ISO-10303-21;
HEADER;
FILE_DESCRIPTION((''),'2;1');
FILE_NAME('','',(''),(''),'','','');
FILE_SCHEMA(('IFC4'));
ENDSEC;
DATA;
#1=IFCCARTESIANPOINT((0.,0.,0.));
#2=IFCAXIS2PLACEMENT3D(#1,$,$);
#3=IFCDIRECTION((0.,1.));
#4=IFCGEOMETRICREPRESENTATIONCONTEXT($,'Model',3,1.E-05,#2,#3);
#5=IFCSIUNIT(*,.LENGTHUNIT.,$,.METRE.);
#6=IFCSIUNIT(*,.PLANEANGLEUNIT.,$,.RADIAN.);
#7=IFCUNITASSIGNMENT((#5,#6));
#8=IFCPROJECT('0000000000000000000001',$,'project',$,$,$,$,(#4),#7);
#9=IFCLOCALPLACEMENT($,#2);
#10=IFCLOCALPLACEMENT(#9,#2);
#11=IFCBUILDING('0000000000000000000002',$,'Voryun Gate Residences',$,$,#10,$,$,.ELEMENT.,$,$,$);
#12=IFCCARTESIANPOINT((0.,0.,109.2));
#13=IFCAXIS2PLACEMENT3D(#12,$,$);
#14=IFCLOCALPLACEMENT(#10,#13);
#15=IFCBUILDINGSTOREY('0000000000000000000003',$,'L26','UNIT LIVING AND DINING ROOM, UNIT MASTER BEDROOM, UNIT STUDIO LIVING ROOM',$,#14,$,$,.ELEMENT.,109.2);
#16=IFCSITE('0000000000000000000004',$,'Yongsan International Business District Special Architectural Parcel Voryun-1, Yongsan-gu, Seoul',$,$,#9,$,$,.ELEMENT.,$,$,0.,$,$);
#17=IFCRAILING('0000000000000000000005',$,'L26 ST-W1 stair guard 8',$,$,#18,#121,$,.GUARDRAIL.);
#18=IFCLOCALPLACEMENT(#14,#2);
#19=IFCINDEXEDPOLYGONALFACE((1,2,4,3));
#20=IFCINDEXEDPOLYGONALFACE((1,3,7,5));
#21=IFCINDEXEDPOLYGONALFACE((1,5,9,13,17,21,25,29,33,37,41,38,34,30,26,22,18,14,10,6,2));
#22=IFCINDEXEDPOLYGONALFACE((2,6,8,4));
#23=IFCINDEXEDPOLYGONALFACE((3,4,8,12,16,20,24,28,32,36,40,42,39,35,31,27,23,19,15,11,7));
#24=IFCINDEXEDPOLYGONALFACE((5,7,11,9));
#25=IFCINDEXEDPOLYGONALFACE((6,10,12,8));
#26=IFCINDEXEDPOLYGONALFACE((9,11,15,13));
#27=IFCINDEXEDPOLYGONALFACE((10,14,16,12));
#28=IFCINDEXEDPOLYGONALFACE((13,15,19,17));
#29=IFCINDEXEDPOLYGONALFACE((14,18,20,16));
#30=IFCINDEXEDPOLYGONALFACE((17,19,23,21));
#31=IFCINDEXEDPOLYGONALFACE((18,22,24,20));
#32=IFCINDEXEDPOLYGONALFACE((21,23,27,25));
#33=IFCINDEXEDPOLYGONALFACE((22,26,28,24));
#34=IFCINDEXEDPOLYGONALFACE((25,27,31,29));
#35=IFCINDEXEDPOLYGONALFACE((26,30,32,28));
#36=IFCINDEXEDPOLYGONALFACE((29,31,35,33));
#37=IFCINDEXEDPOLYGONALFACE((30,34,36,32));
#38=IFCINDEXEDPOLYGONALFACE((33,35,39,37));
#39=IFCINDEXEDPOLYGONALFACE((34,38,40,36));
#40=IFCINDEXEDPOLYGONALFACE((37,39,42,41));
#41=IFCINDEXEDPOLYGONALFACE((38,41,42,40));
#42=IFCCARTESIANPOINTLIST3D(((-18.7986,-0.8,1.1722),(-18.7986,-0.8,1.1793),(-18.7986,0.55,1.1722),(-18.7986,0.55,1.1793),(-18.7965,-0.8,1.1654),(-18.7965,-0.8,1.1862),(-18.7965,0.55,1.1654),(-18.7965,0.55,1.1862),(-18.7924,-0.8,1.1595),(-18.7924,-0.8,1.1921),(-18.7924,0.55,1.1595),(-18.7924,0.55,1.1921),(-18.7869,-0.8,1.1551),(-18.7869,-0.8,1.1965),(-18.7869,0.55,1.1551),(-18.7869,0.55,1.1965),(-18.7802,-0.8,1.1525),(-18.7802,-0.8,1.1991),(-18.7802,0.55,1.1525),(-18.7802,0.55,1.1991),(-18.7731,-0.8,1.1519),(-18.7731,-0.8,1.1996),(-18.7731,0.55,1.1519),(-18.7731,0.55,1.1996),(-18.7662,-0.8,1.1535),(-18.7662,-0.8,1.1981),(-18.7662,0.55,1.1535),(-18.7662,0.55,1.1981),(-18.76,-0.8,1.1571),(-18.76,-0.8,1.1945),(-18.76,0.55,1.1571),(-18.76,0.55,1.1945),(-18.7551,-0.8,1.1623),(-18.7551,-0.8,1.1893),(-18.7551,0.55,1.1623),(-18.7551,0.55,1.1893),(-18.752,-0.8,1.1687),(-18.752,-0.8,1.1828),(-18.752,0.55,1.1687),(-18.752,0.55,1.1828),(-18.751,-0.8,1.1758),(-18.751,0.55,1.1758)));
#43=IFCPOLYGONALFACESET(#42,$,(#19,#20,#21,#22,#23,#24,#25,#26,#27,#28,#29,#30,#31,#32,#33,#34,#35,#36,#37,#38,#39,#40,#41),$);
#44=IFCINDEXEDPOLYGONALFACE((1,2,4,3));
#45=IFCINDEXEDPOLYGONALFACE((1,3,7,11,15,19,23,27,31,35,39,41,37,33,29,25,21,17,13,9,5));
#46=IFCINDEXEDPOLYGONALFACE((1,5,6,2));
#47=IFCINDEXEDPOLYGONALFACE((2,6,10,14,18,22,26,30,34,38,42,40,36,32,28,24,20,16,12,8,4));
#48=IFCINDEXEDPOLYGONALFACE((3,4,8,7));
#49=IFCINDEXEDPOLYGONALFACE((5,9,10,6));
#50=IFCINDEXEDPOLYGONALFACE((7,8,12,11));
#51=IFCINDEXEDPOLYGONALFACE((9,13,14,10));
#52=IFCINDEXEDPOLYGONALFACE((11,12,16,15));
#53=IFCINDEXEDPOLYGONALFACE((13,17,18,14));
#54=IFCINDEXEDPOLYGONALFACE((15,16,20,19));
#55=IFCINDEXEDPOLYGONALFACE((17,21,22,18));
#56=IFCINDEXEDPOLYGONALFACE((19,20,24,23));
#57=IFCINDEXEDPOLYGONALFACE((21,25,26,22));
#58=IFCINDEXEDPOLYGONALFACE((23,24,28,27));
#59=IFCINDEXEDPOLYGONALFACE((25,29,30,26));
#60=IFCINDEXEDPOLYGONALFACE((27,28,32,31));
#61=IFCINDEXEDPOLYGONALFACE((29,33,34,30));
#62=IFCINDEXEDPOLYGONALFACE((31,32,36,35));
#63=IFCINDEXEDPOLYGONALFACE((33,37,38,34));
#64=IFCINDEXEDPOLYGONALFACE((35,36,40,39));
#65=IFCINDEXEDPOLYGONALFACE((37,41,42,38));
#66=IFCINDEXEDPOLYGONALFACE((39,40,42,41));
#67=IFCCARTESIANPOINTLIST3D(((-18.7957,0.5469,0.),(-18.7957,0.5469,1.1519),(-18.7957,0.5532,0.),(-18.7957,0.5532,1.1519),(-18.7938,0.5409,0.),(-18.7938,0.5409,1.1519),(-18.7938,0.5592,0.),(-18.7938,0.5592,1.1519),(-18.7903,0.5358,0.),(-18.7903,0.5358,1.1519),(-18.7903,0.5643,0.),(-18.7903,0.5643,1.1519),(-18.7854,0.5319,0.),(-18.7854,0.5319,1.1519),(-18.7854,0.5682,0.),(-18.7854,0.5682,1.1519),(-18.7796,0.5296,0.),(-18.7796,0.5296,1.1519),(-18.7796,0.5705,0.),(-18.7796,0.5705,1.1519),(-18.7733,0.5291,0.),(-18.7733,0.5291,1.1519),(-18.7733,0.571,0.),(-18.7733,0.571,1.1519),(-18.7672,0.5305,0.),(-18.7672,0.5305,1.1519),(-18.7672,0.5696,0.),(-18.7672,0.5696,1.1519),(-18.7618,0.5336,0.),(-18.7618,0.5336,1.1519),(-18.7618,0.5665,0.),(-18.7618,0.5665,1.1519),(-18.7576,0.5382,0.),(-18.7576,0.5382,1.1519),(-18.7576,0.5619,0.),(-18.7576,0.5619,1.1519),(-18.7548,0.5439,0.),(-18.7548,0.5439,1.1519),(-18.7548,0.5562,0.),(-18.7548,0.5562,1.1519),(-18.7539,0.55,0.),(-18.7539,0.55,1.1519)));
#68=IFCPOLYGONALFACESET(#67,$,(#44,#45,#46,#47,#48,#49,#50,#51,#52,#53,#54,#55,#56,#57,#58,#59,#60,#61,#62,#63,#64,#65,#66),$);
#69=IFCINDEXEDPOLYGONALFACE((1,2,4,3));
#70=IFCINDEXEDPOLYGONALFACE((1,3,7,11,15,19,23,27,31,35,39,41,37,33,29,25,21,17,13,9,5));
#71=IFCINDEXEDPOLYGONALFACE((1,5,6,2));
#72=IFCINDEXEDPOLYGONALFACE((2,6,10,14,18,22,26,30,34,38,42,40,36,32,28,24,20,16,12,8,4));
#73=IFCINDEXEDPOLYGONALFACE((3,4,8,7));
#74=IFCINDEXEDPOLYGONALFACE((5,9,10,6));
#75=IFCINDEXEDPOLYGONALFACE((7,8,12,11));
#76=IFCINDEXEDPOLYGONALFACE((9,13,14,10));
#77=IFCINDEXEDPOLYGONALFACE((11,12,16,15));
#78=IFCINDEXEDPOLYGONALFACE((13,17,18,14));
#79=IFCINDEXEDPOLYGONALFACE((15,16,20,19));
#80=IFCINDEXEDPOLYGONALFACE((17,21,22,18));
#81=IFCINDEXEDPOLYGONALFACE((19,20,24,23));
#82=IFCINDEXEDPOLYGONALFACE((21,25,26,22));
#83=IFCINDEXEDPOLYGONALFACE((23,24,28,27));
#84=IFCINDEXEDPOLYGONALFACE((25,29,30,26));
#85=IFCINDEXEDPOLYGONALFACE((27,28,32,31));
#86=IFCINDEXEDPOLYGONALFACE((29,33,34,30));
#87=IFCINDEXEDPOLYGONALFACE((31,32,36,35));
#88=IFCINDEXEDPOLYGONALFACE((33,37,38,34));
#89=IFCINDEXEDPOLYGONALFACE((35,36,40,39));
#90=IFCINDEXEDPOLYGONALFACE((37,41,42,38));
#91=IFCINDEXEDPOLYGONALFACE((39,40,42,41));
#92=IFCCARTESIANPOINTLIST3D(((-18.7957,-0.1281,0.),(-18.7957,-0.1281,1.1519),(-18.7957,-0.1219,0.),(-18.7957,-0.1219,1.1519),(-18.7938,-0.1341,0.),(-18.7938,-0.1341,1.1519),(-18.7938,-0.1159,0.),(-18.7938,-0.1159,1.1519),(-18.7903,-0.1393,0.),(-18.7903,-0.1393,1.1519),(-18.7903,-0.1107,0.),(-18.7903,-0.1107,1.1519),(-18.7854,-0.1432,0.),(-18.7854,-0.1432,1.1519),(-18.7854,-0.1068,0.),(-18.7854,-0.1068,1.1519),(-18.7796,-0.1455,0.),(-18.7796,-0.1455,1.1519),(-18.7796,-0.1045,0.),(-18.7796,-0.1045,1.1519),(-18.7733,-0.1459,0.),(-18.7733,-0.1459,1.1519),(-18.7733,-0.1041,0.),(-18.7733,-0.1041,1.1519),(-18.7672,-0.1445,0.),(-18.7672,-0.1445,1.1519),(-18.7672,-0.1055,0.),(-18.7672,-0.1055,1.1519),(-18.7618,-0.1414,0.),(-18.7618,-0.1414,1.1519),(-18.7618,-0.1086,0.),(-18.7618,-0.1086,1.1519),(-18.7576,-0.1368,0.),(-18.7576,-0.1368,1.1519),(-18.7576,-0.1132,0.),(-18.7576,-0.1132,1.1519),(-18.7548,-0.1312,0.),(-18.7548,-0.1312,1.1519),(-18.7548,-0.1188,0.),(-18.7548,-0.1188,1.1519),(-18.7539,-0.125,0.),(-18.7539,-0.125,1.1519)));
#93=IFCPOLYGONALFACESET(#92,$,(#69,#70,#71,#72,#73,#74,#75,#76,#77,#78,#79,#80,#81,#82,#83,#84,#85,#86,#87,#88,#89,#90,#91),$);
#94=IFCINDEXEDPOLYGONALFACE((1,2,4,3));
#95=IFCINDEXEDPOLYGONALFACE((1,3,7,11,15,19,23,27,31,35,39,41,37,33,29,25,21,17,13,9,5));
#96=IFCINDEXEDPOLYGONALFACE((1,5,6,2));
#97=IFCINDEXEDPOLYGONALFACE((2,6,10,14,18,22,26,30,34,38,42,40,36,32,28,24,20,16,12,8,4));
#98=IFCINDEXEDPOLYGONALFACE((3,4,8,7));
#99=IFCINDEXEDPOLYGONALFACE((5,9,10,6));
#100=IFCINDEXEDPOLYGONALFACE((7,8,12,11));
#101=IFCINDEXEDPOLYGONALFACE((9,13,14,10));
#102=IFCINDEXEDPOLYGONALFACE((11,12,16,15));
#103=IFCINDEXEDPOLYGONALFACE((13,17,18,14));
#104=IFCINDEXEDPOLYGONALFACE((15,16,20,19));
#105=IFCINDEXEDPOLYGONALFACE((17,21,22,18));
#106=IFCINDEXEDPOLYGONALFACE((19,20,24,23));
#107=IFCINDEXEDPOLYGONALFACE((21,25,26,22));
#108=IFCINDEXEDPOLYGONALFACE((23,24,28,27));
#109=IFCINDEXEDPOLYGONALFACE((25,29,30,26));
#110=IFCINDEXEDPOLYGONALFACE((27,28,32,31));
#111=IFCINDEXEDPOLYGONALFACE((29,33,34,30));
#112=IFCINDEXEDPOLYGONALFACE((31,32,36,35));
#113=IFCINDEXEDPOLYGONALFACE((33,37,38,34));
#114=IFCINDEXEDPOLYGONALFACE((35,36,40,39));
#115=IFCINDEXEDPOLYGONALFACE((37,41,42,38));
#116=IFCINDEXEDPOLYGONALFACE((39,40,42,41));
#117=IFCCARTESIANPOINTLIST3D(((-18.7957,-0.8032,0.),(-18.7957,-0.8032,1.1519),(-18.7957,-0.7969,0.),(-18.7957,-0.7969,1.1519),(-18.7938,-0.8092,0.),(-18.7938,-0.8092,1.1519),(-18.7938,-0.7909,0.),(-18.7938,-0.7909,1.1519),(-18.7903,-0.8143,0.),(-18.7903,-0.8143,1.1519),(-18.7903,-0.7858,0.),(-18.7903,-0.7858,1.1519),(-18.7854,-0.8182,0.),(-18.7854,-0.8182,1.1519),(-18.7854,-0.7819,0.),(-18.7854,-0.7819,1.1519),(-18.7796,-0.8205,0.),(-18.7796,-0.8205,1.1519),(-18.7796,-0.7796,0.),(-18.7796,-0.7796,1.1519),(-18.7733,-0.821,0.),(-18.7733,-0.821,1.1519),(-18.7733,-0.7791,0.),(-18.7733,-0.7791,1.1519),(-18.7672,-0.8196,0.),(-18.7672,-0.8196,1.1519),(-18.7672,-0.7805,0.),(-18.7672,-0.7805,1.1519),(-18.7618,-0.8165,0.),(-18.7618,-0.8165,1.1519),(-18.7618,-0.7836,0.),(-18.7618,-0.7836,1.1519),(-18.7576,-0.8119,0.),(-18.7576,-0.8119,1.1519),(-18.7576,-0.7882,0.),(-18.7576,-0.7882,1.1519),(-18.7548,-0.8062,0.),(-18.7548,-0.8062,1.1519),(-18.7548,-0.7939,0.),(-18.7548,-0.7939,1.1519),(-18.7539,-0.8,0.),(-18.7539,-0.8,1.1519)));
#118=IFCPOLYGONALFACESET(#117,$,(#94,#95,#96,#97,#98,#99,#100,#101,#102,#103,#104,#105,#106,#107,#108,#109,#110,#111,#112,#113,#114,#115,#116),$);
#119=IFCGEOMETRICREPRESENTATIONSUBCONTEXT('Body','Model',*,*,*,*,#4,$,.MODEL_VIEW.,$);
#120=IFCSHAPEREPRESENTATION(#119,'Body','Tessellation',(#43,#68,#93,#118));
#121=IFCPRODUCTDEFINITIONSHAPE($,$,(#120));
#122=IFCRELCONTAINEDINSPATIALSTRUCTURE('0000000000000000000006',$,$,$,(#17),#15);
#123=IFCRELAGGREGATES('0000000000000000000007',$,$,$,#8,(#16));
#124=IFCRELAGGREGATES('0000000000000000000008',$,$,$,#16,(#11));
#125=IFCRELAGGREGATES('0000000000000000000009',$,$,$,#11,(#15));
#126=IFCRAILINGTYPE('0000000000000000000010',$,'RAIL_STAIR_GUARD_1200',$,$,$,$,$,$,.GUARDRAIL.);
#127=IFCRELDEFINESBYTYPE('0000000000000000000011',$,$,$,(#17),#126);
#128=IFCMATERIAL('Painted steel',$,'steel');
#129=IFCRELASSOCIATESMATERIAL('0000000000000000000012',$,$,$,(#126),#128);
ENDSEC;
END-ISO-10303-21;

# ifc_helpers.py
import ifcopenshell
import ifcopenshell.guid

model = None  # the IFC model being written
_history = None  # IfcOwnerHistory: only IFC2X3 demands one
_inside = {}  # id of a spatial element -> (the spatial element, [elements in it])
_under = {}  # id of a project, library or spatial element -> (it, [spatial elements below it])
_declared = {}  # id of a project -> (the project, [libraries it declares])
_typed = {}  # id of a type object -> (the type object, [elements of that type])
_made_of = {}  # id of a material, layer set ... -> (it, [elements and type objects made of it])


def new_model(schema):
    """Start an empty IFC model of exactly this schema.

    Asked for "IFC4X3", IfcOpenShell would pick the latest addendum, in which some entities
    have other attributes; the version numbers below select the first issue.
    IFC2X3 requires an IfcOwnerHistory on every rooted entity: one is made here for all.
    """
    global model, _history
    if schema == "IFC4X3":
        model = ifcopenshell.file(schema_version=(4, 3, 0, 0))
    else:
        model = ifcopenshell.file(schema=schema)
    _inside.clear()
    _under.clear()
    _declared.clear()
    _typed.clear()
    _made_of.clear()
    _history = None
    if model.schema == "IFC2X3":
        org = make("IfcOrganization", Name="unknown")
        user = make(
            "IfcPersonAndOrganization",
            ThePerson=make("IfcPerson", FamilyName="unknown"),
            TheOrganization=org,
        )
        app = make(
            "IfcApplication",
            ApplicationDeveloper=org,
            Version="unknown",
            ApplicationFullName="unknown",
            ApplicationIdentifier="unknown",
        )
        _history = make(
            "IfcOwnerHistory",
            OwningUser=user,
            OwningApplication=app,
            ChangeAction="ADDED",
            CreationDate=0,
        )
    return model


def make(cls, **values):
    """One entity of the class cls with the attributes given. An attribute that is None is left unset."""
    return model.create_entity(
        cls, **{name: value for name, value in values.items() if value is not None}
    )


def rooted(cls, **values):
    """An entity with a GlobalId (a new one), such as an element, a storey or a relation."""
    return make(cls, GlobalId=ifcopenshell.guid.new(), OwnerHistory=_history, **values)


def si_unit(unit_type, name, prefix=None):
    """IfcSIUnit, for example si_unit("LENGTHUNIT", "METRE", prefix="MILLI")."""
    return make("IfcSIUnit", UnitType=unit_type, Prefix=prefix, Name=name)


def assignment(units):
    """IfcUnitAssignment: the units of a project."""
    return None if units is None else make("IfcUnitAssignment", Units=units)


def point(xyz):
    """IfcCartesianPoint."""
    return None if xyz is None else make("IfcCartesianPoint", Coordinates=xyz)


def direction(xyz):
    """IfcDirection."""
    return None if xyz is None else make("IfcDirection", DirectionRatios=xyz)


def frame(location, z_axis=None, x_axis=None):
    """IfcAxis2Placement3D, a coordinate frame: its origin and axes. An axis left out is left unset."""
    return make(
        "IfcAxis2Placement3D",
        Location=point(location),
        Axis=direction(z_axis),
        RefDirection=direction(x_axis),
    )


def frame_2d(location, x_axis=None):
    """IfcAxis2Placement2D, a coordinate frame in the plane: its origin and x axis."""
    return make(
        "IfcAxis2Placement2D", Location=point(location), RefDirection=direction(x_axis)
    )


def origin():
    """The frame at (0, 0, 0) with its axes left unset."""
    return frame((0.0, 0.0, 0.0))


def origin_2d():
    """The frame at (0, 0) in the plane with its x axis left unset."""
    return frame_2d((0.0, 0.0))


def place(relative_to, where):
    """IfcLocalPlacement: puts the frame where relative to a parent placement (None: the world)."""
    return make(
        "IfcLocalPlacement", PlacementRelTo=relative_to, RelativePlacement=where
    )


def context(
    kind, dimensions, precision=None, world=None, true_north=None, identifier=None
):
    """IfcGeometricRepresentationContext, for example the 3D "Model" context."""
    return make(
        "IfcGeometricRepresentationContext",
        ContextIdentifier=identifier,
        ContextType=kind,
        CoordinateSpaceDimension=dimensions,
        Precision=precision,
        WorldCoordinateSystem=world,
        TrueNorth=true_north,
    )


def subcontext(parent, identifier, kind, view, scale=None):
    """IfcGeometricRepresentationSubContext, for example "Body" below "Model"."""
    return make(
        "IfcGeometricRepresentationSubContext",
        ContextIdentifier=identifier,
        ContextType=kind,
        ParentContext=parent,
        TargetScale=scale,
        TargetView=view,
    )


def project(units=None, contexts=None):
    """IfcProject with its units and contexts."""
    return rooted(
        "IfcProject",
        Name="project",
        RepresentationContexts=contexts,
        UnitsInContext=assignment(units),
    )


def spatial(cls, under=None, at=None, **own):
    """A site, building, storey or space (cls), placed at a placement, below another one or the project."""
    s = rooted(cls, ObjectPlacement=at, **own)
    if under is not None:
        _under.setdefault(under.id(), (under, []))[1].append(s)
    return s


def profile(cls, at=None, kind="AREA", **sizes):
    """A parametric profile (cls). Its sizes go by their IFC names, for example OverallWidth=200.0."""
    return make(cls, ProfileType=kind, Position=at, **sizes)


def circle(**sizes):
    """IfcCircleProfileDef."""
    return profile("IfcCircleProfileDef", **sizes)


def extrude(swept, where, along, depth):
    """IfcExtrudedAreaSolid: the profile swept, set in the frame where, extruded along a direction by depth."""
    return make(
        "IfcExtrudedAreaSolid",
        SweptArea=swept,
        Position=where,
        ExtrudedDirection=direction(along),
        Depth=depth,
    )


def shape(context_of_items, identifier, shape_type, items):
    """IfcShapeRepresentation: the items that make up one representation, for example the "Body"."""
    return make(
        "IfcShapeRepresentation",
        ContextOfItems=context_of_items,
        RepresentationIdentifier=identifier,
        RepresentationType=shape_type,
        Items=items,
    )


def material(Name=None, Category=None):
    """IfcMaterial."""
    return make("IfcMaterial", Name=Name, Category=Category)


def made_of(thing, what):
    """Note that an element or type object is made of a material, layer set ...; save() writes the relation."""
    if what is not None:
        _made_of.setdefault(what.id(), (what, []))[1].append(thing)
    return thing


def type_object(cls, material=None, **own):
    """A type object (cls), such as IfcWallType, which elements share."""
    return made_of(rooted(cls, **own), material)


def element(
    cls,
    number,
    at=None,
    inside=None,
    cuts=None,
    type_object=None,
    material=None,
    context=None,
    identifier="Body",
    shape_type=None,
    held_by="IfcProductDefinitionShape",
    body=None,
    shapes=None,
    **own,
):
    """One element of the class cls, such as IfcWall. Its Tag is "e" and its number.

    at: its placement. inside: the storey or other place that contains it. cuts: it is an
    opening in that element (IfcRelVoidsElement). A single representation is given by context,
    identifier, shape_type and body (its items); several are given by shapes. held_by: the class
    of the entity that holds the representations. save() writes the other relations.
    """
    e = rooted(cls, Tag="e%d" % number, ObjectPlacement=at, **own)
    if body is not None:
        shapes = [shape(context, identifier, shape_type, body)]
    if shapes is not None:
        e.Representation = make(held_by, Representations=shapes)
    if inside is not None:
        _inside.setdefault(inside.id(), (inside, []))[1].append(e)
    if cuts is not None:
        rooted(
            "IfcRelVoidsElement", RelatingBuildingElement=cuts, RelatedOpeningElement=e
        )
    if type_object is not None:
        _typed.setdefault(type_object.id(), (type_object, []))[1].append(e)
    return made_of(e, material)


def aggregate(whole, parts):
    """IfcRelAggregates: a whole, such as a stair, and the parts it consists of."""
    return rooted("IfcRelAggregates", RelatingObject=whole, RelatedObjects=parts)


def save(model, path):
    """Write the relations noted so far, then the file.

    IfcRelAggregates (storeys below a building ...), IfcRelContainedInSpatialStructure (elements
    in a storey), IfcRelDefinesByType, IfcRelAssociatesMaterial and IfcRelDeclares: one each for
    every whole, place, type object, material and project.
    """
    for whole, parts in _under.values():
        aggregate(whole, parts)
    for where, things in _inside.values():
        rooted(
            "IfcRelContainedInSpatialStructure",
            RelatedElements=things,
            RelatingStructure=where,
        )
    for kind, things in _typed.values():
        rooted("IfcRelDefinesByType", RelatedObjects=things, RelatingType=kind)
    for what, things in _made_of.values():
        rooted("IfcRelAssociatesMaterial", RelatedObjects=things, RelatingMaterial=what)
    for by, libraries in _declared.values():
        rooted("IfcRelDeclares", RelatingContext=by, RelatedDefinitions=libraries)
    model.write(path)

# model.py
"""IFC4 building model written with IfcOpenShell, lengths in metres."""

from ifc_helpers import new_model, si_unit, direction, frame, origin, origin_2d, place, context, subcontext, project, spatial, circle, extrude, material, type_object, element, save


model = new_model("IFC4")

# Units and contexts
model_context = context("Model", 3, precision=1e-05, world=origin(), true_north=direction((0.0, 1.0)))
body_context = subcontext(model_context, "Body", "Model", "MODEL_VIEW")
ifc_project = project(units=[si_unit("LENGTHUNIT", "METRE"), si_unit("PLANEANGLEUNIT", "RADIAN")], contexts=[model_context])

# Site, building, storey
site_placement = place(None, origin())
site = spatial("IfcSite", under=ifc_project, at=site_placement, Name="Yongsan International Business District Special Architectural Parcel Voryun-1, Yongsan-gu, Seoul", CompositionType="ELEMENT", RefElevation=0.0)
building_placement = place(site_placement, origin())
building = spatial("IfcBuilding", under=site, at=building_placement, Name="Voryun Gate Residences", CompositionType="ELEMENT")
storey_placement = place(building_placement, frame((0.0, 0.0, 109.2)))
storey = spatial("IfcBuildingStorey", under=building, at=storey_placement, Name="L26", Description="UNIT LIVING AND DINING ROOM, UNIT MASTER BEDROOM, UNIT STUDIO LIVING ROOM", CompositionType="ELEMENT", Elevation=109.2)

# Railing
ifc_material_1 = material(Name="Painted steel", Category="steel")
railing_type = type_object("IfcRailingType", Name="RAIL_STAIR_GUARD_1200", PredefinedType="GUARDRAIL", material=ifc_material_1)
railing_1_placement = place(storey_placement, frame((-18.7749, 0.55, 0.0)))
element("IfcRailing", 1, at=railing_1_placement, inside=storey, type_object=railing_type, Name="L26 ST-W1 stair guard 8", PredefinedType="GUARDRAIL", context=body_context, shape_type="SweptSolid", body=[
    extrude(circle(Radius=0.0239, at=origin_2d()), frame((0.0, 0.0, 1.1758), z_axis=(0.0, -1.0, 0.0), x_axis=(1.0, 0.0, 0.0)), (0.0, 0.0, 1.0), 1.3501),
    extrude(circle(Radius=0.021, at=origin_2d()), origin(), (0.0, 0.0, 1.0), 1.1519),
    extrude(circle(Radius=0.021, at=origin_2d()), frame((0.0, -0.675, 0.0)), (0.0, 0.0, 1.0), 1.1519),
    extrude(circle(Radius=0.021, at=origin_2d()), frame((0.0, -1.3501, 0.0)), (0.0, 0.0, 1.0), 1.1519),
])

save(model, "model.ifc")
